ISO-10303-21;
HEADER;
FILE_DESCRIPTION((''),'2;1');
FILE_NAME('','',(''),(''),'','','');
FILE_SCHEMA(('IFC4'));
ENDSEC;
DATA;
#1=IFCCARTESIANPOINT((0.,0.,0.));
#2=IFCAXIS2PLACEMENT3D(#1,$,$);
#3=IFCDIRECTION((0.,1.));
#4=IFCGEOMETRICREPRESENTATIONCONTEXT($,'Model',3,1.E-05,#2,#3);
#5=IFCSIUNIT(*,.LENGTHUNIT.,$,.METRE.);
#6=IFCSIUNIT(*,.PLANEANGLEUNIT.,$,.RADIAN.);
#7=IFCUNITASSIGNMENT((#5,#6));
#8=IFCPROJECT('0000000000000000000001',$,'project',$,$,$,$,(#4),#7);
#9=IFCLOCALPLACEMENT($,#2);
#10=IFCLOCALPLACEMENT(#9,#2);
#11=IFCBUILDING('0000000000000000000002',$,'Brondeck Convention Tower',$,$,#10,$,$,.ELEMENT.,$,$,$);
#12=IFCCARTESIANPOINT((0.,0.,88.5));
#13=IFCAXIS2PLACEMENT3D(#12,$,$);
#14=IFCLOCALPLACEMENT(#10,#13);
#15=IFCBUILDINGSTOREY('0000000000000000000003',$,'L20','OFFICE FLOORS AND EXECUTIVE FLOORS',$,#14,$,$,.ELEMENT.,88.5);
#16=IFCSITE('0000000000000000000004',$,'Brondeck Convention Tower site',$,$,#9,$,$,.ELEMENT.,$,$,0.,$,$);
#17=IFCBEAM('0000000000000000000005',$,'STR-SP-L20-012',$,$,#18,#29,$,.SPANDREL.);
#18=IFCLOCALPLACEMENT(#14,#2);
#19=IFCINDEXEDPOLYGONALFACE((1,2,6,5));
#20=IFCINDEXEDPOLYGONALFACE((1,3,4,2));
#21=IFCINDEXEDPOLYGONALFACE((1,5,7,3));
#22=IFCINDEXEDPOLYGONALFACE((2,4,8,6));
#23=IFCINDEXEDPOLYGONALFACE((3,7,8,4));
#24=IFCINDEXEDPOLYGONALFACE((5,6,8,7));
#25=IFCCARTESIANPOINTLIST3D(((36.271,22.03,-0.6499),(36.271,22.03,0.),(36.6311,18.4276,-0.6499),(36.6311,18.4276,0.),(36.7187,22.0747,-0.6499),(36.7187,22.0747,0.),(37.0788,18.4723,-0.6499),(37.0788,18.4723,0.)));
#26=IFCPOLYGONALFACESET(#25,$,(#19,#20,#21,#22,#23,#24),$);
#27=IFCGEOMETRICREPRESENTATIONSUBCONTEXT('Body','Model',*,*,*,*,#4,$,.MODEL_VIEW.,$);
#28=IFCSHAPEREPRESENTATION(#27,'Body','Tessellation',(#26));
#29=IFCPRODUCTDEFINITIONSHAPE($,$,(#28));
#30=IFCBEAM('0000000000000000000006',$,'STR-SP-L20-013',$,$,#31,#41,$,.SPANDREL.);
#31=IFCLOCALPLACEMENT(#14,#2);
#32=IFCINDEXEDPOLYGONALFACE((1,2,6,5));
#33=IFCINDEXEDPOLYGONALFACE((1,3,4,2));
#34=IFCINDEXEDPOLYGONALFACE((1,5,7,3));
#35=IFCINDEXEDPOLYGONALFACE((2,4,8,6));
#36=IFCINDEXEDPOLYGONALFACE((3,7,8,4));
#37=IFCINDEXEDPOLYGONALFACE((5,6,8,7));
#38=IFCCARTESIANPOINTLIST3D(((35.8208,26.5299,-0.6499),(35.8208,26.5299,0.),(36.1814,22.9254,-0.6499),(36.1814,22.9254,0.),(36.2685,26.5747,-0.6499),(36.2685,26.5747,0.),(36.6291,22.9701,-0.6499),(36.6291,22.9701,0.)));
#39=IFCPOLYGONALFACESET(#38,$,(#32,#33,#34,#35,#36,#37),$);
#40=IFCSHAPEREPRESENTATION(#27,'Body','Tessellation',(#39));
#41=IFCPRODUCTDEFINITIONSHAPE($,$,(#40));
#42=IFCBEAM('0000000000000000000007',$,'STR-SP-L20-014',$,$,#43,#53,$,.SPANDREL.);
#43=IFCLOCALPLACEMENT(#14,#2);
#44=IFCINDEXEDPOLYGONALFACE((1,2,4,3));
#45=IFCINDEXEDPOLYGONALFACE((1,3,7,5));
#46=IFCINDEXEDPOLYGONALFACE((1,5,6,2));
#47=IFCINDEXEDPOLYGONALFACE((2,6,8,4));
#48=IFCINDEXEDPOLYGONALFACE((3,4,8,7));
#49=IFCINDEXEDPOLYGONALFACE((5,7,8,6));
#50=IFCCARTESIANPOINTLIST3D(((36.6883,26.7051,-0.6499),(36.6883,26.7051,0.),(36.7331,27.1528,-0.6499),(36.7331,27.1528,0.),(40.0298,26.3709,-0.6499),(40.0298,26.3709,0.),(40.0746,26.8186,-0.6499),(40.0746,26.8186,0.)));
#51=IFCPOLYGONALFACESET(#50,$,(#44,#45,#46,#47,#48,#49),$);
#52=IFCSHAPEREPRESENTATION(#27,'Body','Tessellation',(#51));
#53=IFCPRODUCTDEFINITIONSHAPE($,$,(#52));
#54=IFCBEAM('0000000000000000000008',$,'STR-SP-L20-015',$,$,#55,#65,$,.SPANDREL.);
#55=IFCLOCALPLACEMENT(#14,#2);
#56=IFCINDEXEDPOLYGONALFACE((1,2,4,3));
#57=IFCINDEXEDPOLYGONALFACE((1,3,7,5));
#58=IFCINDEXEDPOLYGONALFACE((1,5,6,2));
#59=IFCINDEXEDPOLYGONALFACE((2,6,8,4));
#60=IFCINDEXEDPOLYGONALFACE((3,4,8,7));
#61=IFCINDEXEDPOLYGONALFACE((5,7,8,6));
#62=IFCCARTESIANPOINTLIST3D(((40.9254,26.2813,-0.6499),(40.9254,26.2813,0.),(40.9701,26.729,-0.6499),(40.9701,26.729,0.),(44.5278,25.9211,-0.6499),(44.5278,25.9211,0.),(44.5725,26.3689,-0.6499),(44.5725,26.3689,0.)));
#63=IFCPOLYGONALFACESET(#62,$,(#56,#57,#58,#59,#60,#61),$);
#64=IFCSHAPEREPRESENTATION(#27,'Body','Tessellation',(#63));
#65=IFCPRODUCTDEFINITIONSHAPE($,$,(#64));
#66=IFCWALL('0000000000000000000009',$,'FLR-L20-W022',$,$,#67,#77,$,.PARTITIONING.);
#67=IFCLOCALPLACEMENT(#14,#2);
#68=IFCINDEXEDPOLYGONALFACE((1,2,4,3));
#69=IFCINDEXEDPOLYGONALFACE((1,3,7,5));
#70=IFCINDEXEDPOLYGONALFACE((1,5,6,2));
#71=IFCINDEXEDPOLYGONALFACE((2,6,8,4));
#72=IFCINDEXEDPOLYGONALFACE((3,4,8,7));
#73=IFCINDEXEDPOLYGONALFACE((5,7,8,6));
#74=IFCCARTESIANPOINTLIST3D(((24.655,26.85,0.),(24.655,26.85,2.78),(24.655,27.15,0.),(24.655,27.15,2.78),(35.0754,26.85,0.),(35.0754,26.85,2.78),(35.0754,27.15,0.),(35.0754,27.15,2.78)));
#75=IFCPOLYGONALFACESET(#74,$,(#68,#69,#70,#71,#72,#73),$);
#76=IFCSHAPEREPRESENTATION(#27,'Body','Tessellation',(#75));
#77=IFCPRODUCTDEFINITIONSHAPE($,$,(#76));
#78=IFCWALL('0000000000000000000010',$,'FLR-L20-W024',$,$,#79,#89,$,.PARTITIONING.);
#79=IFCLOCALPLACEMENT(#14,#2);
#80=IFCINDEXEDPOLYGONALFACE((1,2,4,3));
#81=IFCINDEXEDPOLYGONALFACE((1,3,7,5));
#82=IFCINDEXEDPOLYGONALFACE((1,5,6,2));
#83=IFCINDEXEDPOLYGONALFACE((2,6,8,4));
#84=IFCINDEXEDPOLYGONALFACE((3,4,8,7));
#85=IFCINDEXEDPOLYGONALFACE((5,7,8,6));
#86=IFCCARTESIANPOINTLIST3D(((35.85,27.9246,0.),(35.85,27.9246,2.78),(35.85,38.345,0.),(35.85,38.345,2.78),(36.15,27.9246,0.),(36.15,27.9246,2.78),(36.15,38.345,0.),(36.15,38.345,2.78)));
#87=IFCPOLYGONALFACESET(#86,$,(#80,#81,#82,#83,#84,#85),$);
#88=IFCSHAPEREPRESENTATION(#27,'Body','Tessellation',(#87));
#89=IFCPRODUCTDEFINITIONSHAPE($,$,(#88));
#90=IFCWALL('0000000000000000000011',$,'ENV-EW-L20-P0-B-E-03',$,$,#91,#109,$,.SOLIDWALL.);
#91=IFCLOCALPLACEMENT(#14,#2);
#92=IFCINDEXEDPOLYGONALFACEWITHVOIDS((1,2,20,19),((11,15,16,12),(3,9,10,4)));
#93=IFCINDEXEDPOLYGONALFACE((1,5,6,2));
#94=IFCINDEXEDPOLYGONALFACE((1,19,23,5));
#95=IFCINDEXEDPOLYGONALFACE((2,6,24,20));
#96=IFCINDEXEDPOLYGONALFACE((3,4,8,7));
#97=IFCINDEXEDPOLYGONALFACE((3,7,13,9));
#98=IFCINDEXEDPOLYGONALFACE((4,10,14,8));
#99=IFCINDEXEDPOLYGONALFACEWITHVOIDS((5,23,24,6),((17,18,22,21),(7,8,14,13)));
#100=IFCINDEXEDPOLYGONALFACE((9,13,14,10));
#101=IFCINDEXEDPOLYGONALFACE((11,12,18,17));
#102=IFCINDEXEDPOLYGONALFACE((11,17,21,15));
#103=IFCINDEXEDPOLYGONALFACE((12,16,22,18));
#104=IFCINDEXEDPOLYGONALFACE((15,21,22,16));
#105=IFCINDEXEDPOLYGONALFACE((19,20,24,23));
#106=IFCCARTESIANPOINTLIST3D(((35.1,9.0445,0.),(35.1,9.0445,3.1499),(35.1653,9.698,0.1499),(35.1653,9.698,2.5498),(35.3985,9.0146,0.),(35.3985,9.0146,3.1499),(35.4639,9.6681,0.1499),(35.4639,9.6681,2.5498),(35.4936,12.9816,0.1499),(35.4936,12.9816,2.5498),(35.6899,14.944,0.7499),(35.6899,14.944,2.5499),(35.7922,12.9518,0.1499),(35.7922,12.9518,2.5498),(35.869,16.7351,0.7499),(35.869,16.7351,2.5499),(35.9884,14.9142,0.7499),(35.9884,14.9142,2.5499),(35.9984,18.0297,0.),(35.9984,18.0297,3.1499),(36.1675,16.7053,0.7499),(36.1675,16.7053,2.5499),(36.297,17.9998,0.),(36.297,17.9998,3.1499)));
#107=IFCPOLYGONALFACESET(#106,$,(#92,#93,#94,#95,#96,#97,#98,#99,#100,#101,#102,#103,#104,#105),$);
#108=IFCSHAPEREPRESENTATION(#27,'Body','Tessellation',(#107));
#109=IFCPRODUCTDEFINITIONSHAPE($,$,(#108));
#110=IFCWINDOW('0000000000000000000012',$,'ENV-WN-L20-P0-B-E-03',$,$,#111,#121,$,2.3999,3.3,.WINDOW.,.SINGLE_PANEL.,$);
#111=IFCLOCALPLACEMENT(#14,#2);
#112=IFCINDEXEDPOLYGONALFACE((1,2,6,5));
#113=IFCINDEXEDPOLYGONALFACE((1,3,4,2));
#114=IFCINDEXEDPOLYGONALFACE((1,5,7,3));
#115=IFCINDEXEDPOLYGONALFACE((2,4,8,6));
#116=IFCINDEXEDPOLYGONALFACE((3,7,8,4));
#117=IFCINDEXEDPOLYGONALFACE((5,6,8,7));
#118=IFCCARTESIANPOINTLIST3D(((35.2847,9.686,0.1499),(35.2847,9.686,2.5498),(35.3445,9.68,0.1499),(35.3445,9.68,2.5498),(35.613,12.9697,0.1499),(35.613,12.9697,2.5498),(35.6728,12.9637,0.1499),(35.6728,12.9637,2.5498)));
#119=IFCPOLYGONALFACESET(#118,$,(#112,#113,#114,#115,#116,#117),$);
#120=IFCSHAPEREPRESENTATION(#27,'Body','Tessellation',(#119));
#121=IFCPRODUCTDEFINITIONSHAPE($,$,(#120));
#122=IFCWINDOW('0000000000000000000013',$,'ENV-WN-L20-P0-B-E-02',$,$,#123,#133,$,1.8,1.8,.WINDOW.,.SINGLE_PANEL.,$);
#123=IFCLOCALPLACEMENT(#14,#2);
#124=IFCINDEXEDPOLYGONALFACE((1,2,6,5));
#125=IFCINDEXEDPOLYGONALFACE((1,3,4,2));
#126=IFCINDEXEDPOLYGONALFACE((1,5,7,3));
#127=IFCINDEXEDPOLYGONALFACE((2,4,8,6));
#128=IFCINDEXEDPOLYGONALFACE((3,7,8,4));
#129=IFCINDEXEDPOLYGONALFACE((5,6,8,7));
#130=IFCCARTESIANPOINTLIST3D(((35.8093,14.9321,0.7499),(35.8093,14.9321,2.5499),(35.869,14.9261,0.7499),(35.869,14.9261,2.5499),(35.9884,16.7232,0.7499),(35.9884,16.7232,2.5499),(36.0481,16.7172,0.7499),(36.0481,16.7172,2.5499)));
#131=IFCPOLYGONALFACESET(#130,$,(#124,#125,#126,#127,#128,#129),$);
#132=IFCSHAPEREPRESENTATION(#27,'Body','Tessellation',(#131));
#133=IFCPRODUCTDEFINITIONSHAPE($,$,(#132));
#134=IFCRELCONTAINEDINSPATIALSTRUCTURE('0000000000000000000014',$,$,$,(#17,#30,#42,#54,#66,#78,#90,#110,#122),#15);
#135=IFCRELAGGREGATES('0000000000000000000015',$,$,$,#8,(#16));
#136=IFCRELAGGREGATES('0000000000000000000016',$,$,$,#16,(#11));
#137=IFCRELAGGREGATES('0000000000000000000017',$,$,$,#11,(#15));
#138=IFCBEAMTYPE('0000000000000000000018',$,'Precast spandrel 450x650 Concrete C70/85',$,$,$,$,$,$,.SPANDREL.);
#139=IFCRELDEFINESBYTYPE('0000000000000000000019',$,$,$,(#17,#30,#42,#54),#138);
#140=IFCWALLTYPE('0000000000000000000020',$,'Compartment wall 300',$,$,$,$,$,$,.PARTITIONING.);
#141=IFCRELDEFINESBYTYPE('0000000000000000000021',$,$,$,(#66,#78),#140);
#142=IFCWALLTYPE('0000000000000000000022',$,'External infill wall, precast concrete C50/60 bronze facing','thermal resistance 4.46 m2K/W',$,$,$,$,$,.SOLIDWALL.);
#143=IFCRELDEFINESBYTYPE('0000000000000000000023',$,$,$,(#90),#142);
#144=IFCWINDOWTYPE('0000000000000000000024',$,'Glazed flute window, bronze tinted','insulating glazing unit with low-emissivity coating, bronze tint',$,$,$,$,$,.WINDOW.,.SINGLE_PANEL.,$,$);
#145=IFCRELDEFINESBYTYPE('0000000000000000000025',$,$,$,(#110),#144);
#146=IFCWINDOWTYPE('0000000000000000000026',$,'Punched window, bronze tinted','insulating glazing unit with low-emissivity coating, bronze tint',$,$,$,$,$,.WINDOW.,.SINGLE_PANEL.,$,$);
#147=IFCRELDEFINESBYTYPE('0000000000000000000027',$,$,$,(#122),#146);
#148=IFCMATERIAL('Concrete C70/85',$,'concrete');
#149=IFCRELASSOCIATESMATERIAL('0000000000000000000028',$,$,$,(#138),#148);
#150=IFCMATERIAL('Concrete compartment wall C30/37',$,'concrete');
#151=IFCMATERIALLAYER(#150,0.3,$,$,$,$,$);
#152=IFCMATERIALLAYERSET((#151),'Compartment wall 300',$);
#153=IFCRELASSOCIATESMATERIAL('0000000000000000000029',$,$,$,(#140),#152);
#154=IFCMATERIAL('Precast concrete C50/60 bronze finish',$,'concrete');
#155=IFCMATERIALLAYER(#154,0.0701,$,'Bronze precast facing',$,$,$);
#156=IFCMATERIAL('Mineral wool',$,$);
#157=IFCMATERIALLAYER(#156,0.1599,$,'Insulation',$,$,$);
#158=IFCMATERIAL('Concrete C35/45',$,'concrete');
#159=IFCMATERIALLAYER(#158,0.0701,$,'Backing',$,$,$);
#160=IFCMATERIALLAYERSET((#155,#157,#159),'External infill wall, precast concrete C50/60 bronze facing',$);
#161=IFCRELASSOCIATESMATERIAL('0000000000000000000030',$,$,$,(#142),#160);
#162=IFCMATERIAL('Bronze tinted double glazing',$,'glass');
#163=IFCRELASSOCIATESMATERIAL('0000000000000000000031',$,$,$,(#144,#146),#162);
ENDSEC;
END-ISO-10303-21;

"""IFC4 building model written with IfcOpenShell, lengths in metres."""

from ifc_helpers import new_model, si_unit, direction, frame, frame_2d, origin, origin_2d, place, context, subcontext, project, spatial, rectangle, extrude, material, layer, layer_set, material_profile, profile_set, type_object, element, fill, save


model = new_model("IFC4")

# Units and contexts
model_context = context("Model", 3, precision=1e-05, world=origin(), true_north=direction((0.0, 1.0)))
body_context = subcontext(model_context, "Body", "Model", "MODEL_VIEW")
ifc_project = project(units=[si_unit("LENGTHUNIT", "METRE"), si_unit("PLANEANGLEUNIT", "RADIAN")], contexts=[model_context])

# Site, building, storey
site_placement = place(None, origin())
site = spatial("IfcSite", under=ifc_project, at=site_placement, Name="Brondeck Convention Tower site", CompositionType="ELEMENT", RefElevation=0.0)
building_placement = place(site_placement, origin())
building = spatial("IfcBuilding", under=site, at=building_placement, Name="Brondeck Convention Tower", CompositionType="ELEMENT")
storey_placement = place(building_placement, frame((0.0, 0.0, 88.5)))
storey = spatial("IfcBuildingStorey", under=building, at=storey_placement, Name="L20", Description="OFFICE FLOORS AND EXECUTIVE FLOORS", CompositionType="ELEMENT", Elevation=88.5)

# Shared definitions
ifc_material_1 = material(Name="Concrete C70/85", Category="concrete")

# Beams
ifc_material_profile_1 = material_profile(ifc_material_1, rectangle(XDim=0.45, YDim=0.6499, at=origin_2d()), Name="Precast spandrel 450x650 Concrete C70/85")
ifc_profile_set_1 = profile_set([ifc_material_profile_1], Name="Concrete C70/85")
beam_type_1 = type_object("IfcBeamType", Name="Precast spandrel 450x650 Concrete C70/85", PredefinedType="SPANDREL", material=ifc_profile_set_1)
beam_1_placement = place(storey_placement, frame((36.855, 18.45, -0.325), z_axis=(-0.09947, 0.995041, 0.0), x_axis=(-0.995041, -0.09947, 0.0)))
element("IfcBeam", 1, at=beam_1_placement, inside=storey, type_object=beam_type_1, Name="STR-SP-L20-012", PredefinedType="SPANDREL", context=body_context, shape_type="SweptSolid", body=[
    extrude(rectangle(XDim=0.45, YDim=0.6499, at=origin_2d()), origin(), (0.0, 0.0, 1.0), 3.6204),
])
beam_2_placement = place(storey_placement, frame((36.4053, 22.9478, -0.325), z_axis=(-0.099544, 0.995033, 0.0), x_axis=(-0.995033, -0.099544, 0.0)))
element("IfcBeam", 2, at=beam_2_placement, inside=storey, type_object=beam_type_1, Name="STR-SP-L20-013", PredefinedType="SPANDREL", context=body_context, shape_type="SweptSolid", body=[
    extrude(rectangle(XDim=0.45, YDim=0.6499, at=origin_2d()), origin(), (0.0, 0.0, 1.0), 3.6226),
])
beam_3_placement = place(storey_placement, frame((36.7107, 26.929, -0.325), z_axis=(0.995035, -0.099525, 0.0), x_axis=(0.099525, 0.995035, 0.0)))
element("IfcBeam", 3, at=beam_3_placement, inside=storey, type_object=beam_type_1, Name="STR-SP-L20-014", PredefinedType="SPANDREL", context=body_context, shape_type="SweptSolid", body=[
    extrude(rectangle(XDim=0.45, YDim=0.6499, at=origin_2d()), origin(), (0.0, 0.0, 1.0), 3.3582),
])
beam_4_placement = place(storey_placement, frame((40.9478, 26.5051, -0.325), z_axis=(0.995041, -0.09947, 0.0), x_axis=(0.09947, 0.995041, 0.0)))
element("IfcBeam", 4, at=beam_4_placement, inside=storey, type_object=beam_type_1, Name="STR-SP-L20-015", PredefinedType="SPANDREL", context=body_context, shape_type="SweptSolid", body=[
    extrude(rectangle(XDim=0.45, YDim=0.6499, at=origin_2d()), origin(), (0.0, 0.0, 1.0), 3.6204),
])

# Walls
ifc_material_2 = material(Name="Concrete compartment wall C30/37", Category="concrete")
ifc_layer_1 = layer(ifc_material_2, 0.3)
ifc_layer_set_1 = layer_set([ifc_layer_1], Name="Compartment wall 300")
wall_type_1 = type_object("IfcWallType", Name="Compartment wall 300", PredefinedType="PARTITIONING", material=ifc_layer_set_1)
for number, where, z_axis, x_axis, name in (
    (5, (24.655, 27.0, 0.0), (0.0, 0.0, 1.0), (1.0, 0.0, 0.0), "FLR-L20-W022"),
    (6, (36.0, 27.9246, 0.0), (0.0, 0.0, 1.0), (0.0, 1.0, 0.0), "FLR-L20-W024"),
):
    element("IfcWall", number, at=place(storey_placement, frame(where, z_axis=z_axis, x_axis=x_axis)), inside=storey, type_object=wall_type_1, Name=name, PredefinedType="PARTITIONING", context=body_context, shape_type="SweptSolid", body=[
        extrude(rectangle(XDim=10.4204, YDim=0.3, at=frame_2d((5.2102, 0.0))), origin(), (0.0, 0.0, 1.0), 2.78),
    ])

# Wall, openings, windows
ifc_material_3 = material(Name="Precast concrete C50/60 bronze finish", Category="concrete")
ifc_layer_2 = layer(ifc_material_3, 0.0701, Name="Bronze precast facing")
ifc_material_4 = material(Name="Mineral wool")
ifc_layer_3 = layer(ifc_material_4, 0.1599, Name="Insulation")
ifc_material_5 = material(Name="Concrete C35/45", Category="concrete")
ifc_layer_4 = layer(ifc_material_5, 0.0701, Name="Backing")
ifc_layer_set_2 = layer_set([ifc_layer_2, ifc_layer_3, ifc_layer_4], Name="External infill wall, precast concrete C50/60 bronze facing")
wall_type_2 = type_object("IfcWallType", Name="External infill wall, precast concrete C50/60 bronze facing", Description="thermal resistance 4.46 m2K/W", PredefinedType="SOLIDWALL", material=ifc_layer_set_2)
wall_placement = place(storey_placement, frame((36.1477, 18.0149, 0.0), z_axis=(0.0, 0.0, 1.0), x_axis=(-0.099496, -0.995038, 0.0)))
wall = element("IfcWall", 7, at=wall_placement, inside=storey, type_object=wall_type_2, Name="ENV-EW-L20-P0-B-E-03", PredefinedType="SOLIDWALL", context=body_context, shape_type="SweptSolid", body=[
    extrude(rectangle(XDim=9.03, YDim=0.3, at=frame_2d((4.5151, 0.0))), origin(), (0.0, 0.0, 1.0), 3.1499),
])
opening_1_placement = place(wall_placement, frame((1.3013, 0.0, 0.75)))
opening_1 = element("IfcOpeningElement", 8, at=opening_1_placement, cuts=wall, PredefinedType="OPENING", context=body_context, shape_type="SweptSolid", body=[
    extrude(rectangle(XDim=1.8, YDim=1.8, at=frame_2d((0.8999, 0.8999))), frame((0.0, 0.1599, 0.0), z_axis=(0.0, -1.0, 0.0), x_axis=(1.0, 0.0, 0.0)), (0.0, 0.0, 1.0), 0.3201),
])
opening_2_placement = place(wall_placement, frame((5.0735, 0.0, 0.1499)))
opening_2 = element("IfcOpeningElement", 9, at=opening_2_placement, cuts=wall, PredefinedType="OPENING", context=body_context, shape_type="SweptSolid", body=[
    extrude(rectangle(XDim=3.3, YDim=2.3999, at=frame_2d((1.6499, 1.2))), frame((0.0, 0.1599, 0.0), z_axis=(0.0, -1.0, 0.0), x_axis=(1.0, 0.0, 0.0)), (0.0, 0.0, 1.0), 0.3201),
])
ifc_material_6 = material(Name="Bronze tinted double glazing", Category="glass")
window_type_1 = type_object("IfcWindowType", Name="Glazed flute window, bronze tinted", Description="insulating glazing unit with low-emissivity coating, bronze tint", PartitioningType="SINGLE_PANEL", PredefinedType="WINDOW", material=ifc_material_6)
window_1_placement = place(opening_2_placement, origin())
window_1 = element("IfcWindow", 10, at=window_1_placement, inside=storey, type_object=window_type_1, Name="ENV-WN-L20-P0-B-E-03", OverallHeight=2.3999, OverallWidth=3.3, PartitioningType="SINGLE_PANEL", PredefinedType="WINDOW", context=body_context, shape_type="SweptSolid", body=[
    extrude(rectangle(XDim=3.3, YDim=2.3999, at=frame_2d((1.6499, 1.2))), frame((0.0, 0.03, 0.0), z_axis=(0.0, -1.0, 0.0), x_axis=(1.0, 0.0, 0.0)), (0.0, 0.0, 1.0), 0.0601),
])
fill(opening_2, window_1)
window_type_2 = type_object("IfcWindowType", Name="Punched window, bronze tinted", Description="insulating glazing unit with low-emissivity coating, bronze tint", PartitioningType="SINGLE_PANEL", PredefinedType="WINDOW", material=ifc_material_6)
window_2_placement = place(opening_1_placement, origin())
window_2 = element("IfcWindow", 11, at=window_2_placement, inside=storey, type_object=window_type_2, Name="ENV-WN-L20-P0-B-E-02", OverallHeight=1.8, OverallWidth=1.8, PartitioningType="SINGLE_PANEL", PredefinedType="WINDOW", context=body_context, shape_type="SweptSolid", body=[
    extrude(rectangle(XDim=1.8, YDim=1.8, at=frame_2d((0.8999, 0.8999))), frame((0.0, 0.03, 0.0), z_axis=(0.0, -1.0, 0.0), x_axis=(1.0, 0.0, 0.0)), (0.0, 0.0, 1.0), 0.0601),
])
fill(opening_1, window_2)

save(model, "model.ifc")
